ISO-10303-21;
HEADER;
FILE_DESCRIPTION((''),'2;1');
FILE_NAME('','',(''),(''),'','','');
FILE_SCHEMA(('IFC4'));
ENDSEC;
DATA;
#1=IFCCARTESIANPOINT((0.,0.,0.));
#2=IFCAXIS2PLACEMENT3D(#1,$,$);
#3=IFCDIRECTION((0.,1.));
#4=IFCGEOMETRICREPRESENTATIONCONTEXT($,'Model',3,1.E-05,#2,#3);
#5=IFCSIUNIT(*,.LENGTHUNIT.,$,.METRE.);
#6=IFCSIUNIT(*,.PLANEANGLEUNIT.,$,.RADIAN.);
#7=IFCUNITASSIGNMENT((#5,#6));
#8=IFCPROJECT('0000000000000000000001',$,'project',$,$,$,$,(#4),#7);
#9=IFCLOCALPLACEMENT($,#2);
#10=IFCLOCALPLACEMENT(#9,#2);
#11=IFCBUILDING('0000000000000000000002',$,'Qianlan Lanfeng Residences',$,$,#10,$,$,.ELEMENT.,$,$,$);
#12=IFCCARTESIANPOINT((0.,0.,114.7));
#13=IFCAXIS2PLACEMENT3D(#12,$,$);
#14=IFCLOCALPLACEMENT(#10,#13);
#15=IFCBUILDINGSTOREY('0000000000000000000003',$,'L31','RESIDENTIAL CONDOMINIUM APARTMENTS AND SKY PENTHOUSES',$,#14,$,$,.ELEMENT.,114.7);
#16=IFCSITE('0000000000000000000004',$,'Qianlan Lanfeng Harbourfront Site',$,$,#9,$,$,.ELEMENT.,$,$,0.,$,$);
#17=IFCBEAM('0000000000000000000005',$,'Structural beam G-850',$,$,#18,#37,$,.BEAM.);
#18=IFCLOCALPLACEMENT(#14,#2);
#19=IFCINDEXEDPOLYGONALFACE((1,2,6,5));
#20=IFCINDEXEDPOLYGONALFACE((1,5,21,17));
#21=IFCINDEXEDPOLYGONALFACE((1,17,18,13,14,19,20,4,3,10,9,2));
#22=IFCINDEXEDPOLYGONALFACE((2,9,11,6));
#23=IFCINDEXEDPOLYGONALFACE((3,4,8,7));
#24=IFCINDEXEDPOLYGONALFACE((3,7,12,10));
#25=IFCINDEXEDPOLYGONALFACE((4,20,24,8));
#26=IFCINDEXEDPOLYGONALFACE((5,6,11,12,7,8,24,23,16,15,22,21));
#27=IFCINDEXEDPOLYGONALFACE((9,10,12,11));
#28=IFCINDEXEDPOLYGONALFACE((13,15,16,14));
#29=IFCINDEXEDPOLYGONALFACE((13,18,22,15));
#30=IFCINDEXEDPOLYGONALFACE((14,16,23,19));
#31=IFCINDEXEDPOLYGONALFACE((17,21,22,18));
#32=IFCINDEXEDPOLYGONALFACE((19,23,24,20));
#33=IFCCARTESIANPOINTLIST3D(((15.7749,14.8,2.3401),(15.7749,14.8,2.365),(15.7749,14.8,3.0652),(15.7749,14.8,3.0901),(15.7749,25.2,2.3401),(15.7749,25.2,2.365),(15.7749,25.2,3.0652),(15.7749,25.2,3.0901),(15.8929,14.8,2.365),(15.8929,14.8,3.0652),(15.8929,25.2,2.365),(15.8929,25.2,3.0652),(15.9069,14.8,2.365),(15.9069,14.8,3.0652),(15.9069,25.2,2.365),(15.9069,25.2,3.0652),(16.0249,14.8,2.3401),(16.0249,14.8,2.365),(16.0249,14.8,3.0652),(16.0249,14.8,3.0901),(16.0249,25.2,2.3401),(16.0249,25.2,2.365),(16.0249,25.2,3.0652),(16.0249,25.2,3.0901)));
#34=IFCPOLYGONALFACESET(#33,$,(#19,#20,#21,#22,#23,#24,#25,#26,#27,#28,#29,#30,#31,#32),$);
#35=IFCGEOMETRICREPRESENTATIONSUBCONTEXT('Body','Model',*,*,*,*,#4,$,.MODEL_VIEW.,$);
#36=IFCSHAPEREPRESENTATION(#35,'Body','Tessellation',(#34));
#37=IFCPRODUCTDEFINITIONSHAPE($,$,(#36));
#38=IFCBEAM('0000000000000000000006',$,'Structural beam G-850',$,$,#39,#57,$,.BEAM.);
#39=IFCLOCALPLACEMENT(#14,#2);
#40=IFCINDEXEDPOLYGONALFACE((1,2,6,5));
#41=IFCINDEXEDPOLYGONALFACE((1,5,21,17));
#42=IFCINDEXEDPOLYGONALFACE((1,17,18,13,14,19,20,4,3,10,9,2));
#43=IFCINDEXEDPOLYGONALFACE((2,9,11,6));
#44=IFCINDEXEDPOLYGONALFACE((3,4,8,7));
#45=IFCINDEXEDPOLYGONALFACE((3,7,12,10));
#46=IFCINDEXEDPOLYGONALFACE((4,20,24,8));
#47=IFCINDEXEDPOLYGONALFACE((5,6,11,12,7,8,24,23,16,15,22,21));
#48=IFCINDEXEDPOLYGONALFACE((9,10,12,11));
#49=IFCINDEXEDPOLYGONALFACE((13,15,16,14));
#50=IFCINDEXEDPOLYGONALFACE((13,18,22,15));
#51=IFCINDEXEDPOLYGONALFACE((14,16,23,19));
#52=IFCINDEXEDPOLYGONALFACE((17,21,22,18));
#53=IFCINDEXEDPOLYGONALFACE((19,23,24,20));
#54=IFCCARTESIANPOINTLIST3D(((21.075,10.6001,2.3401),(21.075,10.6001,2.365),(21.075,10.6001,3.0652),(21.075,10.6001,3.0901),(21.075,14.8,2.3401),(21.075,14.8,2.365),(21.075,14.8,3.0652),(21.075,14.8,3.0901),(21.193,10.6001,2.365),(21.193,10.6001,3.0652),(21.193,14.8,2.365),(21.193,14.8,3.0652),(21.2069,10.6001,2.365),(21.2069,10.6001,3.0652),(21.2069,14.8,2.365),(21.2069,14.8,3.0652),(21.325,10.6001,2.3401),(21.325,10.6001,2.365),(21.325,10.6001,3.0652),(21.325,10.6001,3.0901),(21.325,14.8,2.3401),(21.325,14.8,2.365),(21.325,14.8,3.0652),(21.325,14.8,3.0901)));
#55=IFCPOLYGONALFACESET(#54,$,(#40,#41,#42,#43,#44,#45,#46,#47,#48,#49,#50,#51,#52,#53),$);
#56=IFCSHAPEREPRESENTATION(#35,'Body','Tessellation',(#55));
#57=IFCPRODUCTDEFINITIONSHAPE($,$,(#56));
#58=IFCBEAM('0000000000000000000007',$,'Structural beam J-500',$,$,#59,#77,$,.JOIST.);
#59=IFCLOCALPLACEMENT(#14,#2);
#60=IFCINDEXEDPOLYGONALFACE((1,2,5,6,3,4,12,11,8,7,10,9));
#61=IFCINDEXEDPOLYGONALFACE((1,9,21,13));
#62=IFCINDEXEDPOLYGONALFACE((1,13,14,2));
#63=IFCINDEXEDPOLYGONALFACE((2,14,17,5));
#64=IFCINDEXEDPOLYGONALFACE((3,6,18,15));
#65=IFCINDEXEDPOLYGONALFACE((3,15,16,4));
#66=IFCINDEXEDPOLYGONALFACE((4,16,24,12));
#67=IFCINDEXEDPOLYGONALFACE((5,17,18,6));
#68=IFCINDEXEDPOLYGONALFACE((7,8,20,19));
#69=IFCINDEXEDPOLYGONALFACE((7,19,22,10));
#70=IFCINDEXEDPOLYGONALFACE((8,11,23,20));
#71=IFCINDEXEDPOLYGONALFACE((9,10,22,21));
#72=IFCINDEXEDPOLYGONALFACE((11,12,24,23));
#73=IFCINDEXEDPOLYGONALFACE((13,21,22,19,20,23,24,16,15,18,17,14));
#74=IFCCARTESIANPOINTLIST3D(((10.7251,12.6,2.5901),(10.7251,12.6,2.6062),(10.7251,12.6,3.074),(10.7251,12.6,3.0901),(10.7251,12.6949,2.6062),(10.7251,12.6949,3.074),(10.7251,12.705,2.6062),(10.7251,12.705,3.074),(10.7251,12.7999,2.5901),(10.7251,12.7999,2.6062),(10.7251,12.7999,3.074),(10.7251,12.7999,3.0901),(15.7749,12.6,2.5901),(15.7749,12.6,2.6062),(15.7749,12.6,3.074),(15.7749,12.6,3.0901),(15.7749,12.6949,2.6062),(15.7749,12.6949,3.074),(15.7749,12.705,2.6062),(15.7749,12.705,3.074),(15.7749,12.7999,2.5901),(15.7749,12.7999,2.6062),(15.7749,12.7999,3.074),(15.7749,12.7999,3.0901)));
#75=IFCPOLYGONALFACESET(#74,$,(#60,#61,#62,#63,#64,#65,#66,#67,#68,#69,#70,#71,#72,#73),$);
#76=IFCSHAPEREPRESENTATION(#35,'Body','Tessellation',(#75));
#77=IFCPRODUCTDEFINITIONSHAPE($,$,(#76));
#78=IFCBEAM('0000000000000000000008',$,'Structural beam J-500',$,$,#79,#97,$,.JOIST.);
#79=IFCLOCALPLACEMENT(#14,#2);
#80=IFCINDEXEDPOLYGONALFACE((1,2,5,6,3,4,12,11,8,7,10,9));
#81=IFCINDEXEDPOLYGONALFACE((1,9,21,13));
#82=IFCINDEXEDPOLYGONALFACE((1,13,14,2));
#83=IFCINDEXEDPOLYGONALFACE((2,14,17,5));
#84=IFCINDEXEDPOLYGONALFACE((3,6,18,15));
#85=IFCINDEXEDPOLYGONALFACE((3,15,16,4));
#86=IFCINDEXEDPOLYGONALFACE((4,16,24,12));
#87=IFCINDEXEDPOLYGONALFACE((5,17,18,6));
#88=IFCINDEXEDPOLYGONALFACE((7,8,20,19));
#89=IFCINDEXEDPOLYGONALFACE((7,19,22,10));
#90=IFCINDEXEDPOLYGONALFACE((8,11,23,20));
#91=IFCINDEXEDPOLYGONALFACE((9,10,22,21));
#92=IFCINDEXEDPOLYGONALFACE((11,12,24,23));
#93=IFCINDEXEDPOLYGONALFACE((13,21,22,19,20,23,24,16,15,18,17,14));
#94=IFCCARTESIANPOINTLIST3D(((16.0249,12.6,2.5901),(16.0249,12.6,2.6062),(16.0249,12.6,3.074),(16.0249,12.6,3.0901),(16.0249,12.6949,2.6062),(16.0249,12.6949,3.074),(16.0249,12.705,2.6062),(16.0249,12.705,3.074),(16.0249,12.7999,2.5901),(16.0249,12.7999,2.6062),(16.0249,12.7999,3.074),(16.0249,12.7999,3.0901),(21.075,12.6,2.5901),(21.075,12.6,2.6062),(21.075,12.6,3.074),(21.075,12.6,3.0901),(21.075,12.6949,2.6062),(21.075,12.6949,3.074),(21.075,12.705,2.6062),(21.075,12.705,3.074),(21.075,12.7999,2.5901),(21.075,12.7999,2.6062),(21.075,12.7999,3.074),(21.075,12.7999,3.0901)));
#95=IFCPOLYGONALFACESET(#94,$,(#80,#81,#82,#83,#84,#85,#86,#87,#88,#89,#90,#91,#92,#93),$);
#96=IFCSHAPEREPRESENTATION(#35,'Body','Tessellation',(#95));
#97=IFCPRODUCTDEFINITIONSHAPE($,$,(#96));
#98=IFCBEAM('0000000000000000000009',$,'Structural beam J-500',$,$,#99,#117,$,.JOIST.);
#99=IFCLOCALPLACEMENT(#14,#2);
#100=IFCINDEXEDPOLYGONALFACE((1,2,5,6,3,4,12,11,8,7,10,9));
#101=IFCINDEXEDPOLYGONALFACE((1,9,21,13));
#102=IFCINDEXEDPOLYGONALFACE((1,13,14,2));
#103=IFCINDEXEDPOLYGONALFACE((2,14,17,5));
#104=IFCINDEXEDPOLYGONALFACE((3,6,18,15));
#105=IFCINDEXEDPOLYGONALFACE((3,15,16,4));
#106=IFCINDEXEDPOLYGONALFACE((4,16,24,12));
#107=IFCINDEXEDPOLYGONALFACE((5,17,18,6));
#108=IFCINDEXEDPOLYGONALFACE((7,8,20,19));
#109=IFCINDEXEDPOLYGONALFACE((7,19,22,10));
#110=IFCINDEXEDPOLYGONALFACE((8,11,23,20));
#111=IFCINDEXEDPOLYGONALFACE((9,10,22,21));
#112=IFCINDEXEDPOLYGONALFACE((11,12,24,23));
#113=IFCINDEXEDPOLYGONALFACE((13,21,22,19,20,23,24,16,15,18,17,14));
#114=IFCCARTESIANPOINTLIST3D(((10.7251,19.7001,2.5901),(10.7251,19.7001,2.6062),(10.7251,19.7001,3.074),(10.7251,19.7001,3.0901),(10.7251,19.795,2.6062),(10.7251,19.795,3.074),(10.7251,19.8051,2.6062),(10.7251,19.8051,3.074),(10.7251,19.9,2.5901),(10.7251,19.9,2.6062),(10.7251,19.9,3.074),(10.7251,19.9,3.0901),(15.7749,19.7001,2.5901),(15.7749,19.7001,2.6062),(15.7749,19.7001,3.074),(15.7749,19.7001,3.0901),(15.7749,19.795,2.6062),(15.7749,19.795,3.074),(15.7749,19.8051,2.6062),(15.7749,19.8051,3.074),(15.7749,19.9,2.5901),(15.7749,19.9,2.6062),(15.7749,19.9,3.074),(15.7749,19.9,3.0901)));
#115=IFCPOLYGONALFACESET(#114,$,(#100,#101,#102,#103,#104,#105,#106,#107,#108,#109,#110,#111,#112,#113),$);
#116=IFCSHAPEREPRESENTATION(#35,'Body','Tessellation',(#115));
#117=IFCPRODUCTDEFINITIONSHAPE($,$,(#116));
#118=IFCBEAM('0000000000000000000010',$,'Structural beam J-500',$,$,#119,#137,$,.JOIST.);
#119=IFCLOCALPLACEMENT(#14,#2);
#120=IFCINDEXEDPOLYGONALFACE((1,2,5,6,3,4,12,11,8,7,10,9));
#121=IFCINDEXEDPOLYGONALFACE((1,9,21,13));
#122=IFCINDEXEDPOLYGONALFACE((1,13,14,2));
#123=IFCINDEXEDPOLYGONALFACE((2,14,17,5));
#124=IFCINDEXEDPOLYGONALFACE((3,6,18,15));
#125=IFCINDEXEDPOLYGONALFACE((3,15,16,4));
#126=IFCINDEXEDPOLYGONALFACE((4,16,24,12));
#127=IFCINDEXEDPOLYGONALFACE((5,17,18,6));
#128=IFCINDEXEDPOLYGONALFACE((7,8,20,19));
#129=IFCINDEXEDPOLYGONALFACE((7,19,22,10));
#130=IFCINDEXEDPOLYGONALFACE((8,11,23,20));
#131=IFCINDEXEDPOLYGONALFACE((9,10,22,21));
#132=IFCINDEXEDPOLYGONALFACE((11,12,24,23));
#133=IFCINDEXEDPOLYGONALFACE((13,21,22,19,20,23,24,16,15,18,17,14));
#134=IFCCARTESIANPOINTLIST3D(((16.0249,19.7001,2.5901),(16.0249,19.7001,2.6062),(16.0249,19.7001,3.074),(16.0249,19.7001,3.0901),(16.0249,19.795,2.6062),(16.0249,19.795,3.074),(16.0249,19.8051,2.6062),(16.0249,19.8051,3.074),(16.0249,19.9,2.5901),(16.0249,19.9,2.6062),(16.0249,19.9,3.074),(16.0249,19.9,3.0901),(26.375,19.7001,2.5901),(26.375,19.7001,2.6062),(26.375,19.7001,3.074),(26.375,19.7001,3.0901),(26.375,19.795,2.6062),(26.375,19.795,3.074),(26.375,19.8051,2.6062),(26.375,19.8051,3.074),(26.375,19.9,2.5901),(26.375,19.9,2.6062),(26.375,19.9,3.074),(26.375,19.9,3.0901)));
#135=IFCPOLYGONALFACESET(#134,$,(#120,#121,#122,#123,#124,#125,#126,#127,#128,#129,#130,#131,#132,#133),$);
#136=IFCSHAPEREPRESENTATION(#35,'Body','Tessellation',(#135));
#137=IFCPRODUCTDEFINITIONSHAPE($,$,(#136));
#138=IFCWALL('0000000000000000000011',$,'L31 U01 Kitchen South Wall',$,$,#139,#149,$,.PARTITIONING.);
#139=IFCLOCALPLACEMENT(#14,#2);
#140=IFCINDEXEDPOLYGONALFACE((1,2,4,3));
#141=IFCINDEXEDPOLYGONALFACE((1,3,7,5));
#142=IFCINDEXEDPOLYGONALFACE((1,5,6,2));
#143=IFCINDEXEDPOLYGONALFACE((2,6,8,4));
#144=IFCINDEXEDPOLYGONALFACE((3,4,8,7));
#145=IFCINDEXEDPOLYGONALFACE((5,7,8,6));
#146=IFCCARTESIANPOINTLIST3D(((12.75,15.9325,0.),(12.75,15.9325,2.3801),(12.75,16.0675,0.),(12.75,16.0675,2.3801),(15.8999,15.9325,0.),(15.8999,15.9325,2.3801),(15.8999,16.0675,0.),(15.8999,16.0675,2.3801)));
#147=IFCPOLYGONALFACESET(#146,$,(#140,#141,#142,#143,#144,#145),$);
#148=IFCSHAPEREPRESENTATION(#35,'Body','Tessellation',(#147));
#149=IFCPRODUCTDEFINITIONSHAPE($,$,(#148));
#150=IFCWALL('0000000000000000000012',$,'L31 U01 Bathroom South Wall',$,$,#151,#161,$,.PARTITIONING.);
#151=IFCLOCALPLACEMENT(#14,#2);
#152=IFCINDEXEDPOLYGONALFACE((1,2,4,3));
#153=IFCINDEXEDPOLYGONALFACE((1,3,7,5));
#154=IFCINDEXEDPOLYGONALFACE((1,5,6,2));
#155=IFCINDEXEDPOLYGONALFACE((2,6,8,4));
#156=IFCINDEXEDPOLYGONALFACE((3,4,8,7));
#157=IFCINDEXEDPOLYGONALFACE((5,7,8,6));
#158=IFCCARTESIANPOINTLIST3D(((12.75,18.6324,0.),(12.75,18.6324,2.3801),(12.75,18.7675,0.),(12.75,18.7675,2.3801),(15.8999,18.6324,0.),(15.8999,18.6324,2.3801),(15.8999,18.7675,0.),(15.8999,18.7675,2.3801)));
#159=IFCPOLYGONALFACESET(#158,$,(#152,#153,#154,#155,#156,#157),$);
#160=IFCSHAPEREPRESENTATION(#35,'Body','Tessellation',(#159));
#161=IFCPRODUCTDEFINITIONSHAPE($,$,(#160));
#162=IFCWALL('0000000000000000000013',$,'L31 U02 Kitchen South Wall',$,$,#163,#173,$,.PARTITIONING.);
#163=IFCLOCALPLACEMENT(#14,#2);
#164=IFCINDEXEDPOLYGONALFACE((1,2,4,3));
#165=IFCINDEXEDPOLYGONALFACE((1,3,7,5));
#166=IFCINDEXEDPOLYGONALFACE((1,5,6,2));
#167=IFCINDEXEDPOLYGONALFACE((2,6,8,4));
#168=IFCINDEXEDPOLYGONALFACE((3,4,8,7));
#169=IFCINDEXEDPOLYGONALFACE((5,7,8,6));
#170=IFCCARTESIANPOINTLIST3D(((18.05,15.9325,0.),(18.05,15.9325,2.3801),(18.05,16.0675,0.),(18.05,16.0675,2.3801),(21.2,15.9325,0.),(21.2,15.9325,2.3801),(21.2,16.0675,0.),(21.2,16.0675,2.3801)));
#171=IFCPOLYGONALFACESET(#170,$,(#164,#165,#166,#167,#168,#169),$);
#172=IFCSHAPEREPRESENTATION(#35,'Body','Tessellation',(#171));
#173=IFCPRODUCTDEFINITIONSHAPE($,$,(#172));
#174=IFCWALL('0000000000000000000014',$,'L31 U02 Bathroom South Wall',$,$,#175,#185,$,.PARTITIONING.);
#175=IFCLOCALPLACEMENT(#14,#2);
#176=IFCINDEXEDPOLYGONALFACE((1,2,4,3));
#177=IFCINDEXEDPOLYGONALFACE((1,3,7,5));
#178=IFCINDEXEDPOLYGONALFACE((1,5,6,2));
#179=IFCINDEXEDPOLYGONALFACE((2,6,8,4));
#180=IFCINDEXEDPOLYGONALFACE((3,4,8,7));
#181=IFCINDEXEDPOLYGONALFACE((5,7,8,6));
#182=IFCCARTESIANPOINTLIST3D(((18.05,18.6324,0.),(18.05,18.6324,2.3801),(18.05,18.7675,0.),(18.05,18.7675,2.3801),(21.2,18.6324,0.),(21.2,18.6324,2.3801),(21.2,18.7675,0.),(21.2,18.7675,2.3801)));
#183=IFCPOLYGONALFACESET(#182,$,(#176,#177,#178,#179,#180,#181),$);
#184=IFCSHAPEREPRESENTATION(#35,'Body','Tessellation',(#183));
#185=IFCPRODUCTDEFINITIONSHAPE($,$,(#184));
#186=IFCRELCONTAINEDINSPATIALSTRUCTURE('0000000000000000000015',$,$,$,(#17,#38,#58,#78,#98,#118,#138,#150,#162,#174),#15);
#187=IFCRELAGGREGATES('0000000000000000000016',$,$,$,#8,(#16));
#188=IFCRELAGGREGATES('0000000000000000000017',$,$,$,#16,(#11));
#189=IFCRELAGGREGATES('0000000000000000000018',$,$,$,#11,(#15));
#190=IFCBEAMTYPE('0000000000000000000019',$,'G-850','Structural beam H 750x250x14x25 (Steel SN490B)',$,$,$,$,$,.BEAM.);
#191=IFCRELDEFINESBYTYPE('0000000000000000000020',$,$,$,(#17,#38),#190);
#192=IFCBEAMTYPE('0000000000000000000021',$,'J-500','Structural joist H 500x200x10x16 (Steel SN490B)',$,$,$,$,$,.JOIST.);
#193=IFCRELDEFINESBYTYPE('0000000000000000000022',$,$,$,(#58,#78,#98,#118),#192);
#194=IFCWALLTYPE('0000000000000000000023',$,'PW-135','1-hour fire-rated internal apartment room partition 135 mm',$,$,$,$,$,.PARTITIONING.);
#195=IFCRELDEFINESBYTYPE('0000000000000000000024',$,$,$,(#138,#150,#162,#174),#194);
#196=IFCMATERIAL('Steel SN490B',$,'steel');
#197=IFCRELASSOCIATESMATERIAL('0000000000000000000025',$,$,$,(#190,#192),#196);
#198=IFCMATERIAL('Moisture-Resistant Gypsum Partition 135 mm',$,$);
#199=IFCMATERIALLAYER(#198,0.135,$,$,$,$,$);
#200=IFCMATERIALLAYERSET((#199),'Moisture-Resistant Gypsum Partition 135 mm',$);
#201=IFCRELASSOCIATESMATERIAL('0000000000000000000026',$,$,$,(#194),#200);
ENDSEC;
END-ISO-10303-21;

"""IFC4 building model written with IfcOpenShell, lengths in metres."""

from ifc_helpers import new_model, si_unit, direction, frame, frame_2d, origin, origin_2d, place, context, subcontext, project, spatial, rectangle, i_section, extrude, material, layer, layer_set, material_profile, profile_set, type_object, element, save


model = new_model("IFC4")

# Units and contexts
model_context = context("Model", 3, precision=1e-05, world=origin(), true_north=direction((0.0, 1.0)))
body_context = subcontext(model_context, "Body", "Model", "MODEL_VIEW")
ifc_project = project(units=[si_unit("LENGTHUNIT", "METRE"), si_unit("PLANEANGLEUNIT", "RADIAN")], contexts=[model_context])

# Site, building, storey
site_placement = place(None, origin())
site = spatial("IfcSite", under=ifc_project, at=site_placement, Name="Qianlan Lanfeng Harbourfront Site", CompositionType="ELEMENT", RefElevation=0.0)
building_placement = place(site_placement, origin())
building = spatial("IfcBuilding", under=site, at=building_placement, Name="Qianlan Lanfeng Residences", CompositionType="ELEMENT")
storey_placement = place(building_placement, frame((0.0, 0.0, 114.7)))
storey = spatial("IfcBuildingStorey", under=building, at=storey_placement, Name="L31", Description="RESIDENTIAL CONDOMINIUM APARTMENTS AND SKY PENTHOUSES", CompositionType="ELEMENT", Elevation=114.7)

# Shared definitions
ifc_material_1 = material(Name="Steel SN490B", Category="steel")

# Beams
ifc_material_profile_1 = material_profile(ifc_material_1, i_section(OverallWidth=0.25, OverallDepth=0.75, WebThickness=0.0139, FlangeThickness=0.0249, at=origin_2d()), Name="H 750x250x14x25")
ifc_profile_set_1 = profile_set([ifc_material_profile_1], Name="Steel SN490B")
beam_type_1 = type_object("IfcBeamType", Name="G-850", Description="Structural beam H 750x250x14x25 (Steel SN490B)", PredefinedType="BEAM", material=ifc_profile_set_1)
beam_1_placement = place(storey_placement, frame((15.8999, 14.8, 2.7151), z_axis=(0.0, 1.0, 0.0), x_axis=(-1.0, 0.0, 0.0)))
element("IfcBeam", 1, at=beam_1_placement, inside=storey, type_object=beam_type_1, Name="Structural beam G-850", PredefinedType="BEAM", context=body_context, shape_type="SweptSolid", body=[
    extrude(i_section(OverallWidth=0.25, OverallDepth=0.75, WebThickness=0.0139, FlangeThickness=0.0249, at=origin_2d()), origin(), (0.0, 0.0, 1.0), 10.3999),
])
beam_2_placement = place(storey_placement, frame((21.2, 10.6001, 2.7151), z_axis=(0.0, 1.0, 0.0), x_axis=(-1.0, 0.0, 0.0)))
element("IfcBeam", 2, at=beam_2_placement, inside=storey, type_object=beam_type_1, Name="Structural beam G-850", PredefinedType="BEAM", context=body_context, shape_type="SweptSolid", body=[
    extrude(i_section(OverallWidth=0.25, OverallDepth=0.75, WebThickness=0.0139, FlangeThickness=0.0249, at=origin_2d()), origin(), (0.0, 0.0, 1.0), 4.2),
])
ifc_material_profile_2 = material_profile(ifc_material_1, i_section(OverallWidth=0.2, OverallDepth=0.5, WebThickness=0.01, FlangeThickness=0.0161, at=origin_2d()), Name="H 500x200x10x16")
ifc_profile_set_2 = profile_set([ifc_material_profile_2], Name="Steel SN490B")
beam_type_2 = type_object("IfcBeamType", Name="J-500", Description="Structural joist H 500x200x10x16 (Steel SN490B)", PredefinedType="JOIST", material=ifc_profile_set_2)
beam_3_placement = place(storey_placement, frame((10.7251, 12.7, 2.8401), z_axis=(1.0, 0.0, 0.0), x_axis=(0.0, 1.0, 0.0)))
element("IfcBeam", 3, at=beam_3_placement, inside=storey, type_object=beam_type_2, Name="Structural beam J-500", PredefinedType="JOIST", context=body_context, shape_type="SweptSolid", body=[
    extrude(i_section(OverallWidth=0.2, OverallDepth=0.5, WebThickness=0.01, FlangeThickness=0.0161, at=origin_2d()), origin(), (0.0, 0.0, 1.0), 5.0498),
])
beam_4_placement = place(storey_placement, frame((16.0249, 12.7, 2.8401), z_axis=(1.0, 0.0, 0.0), x_axis=(0.0, 1.0, 0.0)))
element("IfcBeam", 4, at=beam_4_placement, inside=storey, type_object=beam_type_2, Name="Structural beam J-500", PredefinedType="JOIST", context=body_context, shape_type="SweptSolid", body=[
    extrude(i_section(OverallWidth=0.2, OverallDepth=0.5, WebThickness=0.01, FlangeThickness=0.0161, at=origin_2d()), origin(), (0.0, 0.0, 1.0), 5.05),
])
beam_5_placement = place(storey_placement, frame((10.7251, 19.8, 2.8401), z_axis=(1.0, 0.0, 0.0), x_axis=(0.0, 1.0, 0.0)))
element("IfcBeam", 5, at=beam_5_placement, inside=storey, type_object=beam_type_2, Name="Structural beam J-500", PredefinedType="JOIST", context=body_context, shape_type="SweptSolid", body=[
    extrude(i_section(OverallWidth=0.2, OverallDepth=0.5, WebThickness=0.01, FlangeThickness=0.0161, at=origin_2d()), origin(), (0.0, 0.0, 1.0), 5.0498),
])
beam_6_placement = place(storey_placement, frame((16.0249, 19.8, 2.8401), z_axis=(1.0, 0.0, 0.0), x_axis=(0.0, 1.0, 0.0)))
element("IfcBeam", 6, at=beam_6_placement, inside=storey, type_object=beam_type_2, Name="Structural beam J-500", PredefinedType="JOIST", context=body_context, shape_type="SweptSolid", body=[
    extrude(i_section(OverallWidth=0.2, OverallDepth=0.5, WebThickness=0.01, FlangeThickness=0.0161, at=origin_2d()), origin(), (0.0, 0.0, 1.0), 10.3501),
])

# Shared definitions
ifc_material_2 = material(Name="Moisture-Resistant Gypsum Partition 135 mm")
ifc_layer = layer(ifc_material_2, 0.135)
ifc_layer_set = layer_set([ifc_layer], Name="Moisture-Resistant Gypsum Partition 135 mm")
wall_type = type_object("IfcWallType", Name="PW-135", Description="1-hour fire-rated internal apartment room partition 135 mm", PredefinedType="PARTITIONING", material=ifc_layer_set)

# Walls
for number, where, z_axis, x_axis, name in (
    (7, (12.75, 16.0, 0.0), (0.0, 0.0, 1.0), (1.0, 0.0, 0.0), "L31 U01 Kitchen South Wall"),
    (8, (12.75, 18.7, 0.0), (0.0, 0.0, 1.0), (1.0, 0.0, 0.0), "L31 U01 Bathroom South Wall"),
    (9, (18.05, 16.0, 0.0), (0.0, 0.0, 1.0), (1.0, 0.0, 0.0), "L31 U02 Kitchen South Wall"),
    (10, (18.05, 18.7, 0.0), (0.0, 0.0, 1.0), (1.0, 0.0, 0.0), "L31 U02 Bathroom South Wall"),
):
    element("IfcWall", number, at=place(storey_placement, frame(where, z_axis=z_axis, x_axis=x_axis)), inside=storey, type_object=wall_type, Name=name, PredefinedType="PARTITIONING", context=body_context, shape_type="SweptSolid", body=[
        extrude(rectangle(XDim=3.1499, YDim=0.135, at=frame_2d((1.575, 0.0))), origin(), (0.0, 0.0, 1.0), 2.3801),
    ])

save(model, "model.ifc")
